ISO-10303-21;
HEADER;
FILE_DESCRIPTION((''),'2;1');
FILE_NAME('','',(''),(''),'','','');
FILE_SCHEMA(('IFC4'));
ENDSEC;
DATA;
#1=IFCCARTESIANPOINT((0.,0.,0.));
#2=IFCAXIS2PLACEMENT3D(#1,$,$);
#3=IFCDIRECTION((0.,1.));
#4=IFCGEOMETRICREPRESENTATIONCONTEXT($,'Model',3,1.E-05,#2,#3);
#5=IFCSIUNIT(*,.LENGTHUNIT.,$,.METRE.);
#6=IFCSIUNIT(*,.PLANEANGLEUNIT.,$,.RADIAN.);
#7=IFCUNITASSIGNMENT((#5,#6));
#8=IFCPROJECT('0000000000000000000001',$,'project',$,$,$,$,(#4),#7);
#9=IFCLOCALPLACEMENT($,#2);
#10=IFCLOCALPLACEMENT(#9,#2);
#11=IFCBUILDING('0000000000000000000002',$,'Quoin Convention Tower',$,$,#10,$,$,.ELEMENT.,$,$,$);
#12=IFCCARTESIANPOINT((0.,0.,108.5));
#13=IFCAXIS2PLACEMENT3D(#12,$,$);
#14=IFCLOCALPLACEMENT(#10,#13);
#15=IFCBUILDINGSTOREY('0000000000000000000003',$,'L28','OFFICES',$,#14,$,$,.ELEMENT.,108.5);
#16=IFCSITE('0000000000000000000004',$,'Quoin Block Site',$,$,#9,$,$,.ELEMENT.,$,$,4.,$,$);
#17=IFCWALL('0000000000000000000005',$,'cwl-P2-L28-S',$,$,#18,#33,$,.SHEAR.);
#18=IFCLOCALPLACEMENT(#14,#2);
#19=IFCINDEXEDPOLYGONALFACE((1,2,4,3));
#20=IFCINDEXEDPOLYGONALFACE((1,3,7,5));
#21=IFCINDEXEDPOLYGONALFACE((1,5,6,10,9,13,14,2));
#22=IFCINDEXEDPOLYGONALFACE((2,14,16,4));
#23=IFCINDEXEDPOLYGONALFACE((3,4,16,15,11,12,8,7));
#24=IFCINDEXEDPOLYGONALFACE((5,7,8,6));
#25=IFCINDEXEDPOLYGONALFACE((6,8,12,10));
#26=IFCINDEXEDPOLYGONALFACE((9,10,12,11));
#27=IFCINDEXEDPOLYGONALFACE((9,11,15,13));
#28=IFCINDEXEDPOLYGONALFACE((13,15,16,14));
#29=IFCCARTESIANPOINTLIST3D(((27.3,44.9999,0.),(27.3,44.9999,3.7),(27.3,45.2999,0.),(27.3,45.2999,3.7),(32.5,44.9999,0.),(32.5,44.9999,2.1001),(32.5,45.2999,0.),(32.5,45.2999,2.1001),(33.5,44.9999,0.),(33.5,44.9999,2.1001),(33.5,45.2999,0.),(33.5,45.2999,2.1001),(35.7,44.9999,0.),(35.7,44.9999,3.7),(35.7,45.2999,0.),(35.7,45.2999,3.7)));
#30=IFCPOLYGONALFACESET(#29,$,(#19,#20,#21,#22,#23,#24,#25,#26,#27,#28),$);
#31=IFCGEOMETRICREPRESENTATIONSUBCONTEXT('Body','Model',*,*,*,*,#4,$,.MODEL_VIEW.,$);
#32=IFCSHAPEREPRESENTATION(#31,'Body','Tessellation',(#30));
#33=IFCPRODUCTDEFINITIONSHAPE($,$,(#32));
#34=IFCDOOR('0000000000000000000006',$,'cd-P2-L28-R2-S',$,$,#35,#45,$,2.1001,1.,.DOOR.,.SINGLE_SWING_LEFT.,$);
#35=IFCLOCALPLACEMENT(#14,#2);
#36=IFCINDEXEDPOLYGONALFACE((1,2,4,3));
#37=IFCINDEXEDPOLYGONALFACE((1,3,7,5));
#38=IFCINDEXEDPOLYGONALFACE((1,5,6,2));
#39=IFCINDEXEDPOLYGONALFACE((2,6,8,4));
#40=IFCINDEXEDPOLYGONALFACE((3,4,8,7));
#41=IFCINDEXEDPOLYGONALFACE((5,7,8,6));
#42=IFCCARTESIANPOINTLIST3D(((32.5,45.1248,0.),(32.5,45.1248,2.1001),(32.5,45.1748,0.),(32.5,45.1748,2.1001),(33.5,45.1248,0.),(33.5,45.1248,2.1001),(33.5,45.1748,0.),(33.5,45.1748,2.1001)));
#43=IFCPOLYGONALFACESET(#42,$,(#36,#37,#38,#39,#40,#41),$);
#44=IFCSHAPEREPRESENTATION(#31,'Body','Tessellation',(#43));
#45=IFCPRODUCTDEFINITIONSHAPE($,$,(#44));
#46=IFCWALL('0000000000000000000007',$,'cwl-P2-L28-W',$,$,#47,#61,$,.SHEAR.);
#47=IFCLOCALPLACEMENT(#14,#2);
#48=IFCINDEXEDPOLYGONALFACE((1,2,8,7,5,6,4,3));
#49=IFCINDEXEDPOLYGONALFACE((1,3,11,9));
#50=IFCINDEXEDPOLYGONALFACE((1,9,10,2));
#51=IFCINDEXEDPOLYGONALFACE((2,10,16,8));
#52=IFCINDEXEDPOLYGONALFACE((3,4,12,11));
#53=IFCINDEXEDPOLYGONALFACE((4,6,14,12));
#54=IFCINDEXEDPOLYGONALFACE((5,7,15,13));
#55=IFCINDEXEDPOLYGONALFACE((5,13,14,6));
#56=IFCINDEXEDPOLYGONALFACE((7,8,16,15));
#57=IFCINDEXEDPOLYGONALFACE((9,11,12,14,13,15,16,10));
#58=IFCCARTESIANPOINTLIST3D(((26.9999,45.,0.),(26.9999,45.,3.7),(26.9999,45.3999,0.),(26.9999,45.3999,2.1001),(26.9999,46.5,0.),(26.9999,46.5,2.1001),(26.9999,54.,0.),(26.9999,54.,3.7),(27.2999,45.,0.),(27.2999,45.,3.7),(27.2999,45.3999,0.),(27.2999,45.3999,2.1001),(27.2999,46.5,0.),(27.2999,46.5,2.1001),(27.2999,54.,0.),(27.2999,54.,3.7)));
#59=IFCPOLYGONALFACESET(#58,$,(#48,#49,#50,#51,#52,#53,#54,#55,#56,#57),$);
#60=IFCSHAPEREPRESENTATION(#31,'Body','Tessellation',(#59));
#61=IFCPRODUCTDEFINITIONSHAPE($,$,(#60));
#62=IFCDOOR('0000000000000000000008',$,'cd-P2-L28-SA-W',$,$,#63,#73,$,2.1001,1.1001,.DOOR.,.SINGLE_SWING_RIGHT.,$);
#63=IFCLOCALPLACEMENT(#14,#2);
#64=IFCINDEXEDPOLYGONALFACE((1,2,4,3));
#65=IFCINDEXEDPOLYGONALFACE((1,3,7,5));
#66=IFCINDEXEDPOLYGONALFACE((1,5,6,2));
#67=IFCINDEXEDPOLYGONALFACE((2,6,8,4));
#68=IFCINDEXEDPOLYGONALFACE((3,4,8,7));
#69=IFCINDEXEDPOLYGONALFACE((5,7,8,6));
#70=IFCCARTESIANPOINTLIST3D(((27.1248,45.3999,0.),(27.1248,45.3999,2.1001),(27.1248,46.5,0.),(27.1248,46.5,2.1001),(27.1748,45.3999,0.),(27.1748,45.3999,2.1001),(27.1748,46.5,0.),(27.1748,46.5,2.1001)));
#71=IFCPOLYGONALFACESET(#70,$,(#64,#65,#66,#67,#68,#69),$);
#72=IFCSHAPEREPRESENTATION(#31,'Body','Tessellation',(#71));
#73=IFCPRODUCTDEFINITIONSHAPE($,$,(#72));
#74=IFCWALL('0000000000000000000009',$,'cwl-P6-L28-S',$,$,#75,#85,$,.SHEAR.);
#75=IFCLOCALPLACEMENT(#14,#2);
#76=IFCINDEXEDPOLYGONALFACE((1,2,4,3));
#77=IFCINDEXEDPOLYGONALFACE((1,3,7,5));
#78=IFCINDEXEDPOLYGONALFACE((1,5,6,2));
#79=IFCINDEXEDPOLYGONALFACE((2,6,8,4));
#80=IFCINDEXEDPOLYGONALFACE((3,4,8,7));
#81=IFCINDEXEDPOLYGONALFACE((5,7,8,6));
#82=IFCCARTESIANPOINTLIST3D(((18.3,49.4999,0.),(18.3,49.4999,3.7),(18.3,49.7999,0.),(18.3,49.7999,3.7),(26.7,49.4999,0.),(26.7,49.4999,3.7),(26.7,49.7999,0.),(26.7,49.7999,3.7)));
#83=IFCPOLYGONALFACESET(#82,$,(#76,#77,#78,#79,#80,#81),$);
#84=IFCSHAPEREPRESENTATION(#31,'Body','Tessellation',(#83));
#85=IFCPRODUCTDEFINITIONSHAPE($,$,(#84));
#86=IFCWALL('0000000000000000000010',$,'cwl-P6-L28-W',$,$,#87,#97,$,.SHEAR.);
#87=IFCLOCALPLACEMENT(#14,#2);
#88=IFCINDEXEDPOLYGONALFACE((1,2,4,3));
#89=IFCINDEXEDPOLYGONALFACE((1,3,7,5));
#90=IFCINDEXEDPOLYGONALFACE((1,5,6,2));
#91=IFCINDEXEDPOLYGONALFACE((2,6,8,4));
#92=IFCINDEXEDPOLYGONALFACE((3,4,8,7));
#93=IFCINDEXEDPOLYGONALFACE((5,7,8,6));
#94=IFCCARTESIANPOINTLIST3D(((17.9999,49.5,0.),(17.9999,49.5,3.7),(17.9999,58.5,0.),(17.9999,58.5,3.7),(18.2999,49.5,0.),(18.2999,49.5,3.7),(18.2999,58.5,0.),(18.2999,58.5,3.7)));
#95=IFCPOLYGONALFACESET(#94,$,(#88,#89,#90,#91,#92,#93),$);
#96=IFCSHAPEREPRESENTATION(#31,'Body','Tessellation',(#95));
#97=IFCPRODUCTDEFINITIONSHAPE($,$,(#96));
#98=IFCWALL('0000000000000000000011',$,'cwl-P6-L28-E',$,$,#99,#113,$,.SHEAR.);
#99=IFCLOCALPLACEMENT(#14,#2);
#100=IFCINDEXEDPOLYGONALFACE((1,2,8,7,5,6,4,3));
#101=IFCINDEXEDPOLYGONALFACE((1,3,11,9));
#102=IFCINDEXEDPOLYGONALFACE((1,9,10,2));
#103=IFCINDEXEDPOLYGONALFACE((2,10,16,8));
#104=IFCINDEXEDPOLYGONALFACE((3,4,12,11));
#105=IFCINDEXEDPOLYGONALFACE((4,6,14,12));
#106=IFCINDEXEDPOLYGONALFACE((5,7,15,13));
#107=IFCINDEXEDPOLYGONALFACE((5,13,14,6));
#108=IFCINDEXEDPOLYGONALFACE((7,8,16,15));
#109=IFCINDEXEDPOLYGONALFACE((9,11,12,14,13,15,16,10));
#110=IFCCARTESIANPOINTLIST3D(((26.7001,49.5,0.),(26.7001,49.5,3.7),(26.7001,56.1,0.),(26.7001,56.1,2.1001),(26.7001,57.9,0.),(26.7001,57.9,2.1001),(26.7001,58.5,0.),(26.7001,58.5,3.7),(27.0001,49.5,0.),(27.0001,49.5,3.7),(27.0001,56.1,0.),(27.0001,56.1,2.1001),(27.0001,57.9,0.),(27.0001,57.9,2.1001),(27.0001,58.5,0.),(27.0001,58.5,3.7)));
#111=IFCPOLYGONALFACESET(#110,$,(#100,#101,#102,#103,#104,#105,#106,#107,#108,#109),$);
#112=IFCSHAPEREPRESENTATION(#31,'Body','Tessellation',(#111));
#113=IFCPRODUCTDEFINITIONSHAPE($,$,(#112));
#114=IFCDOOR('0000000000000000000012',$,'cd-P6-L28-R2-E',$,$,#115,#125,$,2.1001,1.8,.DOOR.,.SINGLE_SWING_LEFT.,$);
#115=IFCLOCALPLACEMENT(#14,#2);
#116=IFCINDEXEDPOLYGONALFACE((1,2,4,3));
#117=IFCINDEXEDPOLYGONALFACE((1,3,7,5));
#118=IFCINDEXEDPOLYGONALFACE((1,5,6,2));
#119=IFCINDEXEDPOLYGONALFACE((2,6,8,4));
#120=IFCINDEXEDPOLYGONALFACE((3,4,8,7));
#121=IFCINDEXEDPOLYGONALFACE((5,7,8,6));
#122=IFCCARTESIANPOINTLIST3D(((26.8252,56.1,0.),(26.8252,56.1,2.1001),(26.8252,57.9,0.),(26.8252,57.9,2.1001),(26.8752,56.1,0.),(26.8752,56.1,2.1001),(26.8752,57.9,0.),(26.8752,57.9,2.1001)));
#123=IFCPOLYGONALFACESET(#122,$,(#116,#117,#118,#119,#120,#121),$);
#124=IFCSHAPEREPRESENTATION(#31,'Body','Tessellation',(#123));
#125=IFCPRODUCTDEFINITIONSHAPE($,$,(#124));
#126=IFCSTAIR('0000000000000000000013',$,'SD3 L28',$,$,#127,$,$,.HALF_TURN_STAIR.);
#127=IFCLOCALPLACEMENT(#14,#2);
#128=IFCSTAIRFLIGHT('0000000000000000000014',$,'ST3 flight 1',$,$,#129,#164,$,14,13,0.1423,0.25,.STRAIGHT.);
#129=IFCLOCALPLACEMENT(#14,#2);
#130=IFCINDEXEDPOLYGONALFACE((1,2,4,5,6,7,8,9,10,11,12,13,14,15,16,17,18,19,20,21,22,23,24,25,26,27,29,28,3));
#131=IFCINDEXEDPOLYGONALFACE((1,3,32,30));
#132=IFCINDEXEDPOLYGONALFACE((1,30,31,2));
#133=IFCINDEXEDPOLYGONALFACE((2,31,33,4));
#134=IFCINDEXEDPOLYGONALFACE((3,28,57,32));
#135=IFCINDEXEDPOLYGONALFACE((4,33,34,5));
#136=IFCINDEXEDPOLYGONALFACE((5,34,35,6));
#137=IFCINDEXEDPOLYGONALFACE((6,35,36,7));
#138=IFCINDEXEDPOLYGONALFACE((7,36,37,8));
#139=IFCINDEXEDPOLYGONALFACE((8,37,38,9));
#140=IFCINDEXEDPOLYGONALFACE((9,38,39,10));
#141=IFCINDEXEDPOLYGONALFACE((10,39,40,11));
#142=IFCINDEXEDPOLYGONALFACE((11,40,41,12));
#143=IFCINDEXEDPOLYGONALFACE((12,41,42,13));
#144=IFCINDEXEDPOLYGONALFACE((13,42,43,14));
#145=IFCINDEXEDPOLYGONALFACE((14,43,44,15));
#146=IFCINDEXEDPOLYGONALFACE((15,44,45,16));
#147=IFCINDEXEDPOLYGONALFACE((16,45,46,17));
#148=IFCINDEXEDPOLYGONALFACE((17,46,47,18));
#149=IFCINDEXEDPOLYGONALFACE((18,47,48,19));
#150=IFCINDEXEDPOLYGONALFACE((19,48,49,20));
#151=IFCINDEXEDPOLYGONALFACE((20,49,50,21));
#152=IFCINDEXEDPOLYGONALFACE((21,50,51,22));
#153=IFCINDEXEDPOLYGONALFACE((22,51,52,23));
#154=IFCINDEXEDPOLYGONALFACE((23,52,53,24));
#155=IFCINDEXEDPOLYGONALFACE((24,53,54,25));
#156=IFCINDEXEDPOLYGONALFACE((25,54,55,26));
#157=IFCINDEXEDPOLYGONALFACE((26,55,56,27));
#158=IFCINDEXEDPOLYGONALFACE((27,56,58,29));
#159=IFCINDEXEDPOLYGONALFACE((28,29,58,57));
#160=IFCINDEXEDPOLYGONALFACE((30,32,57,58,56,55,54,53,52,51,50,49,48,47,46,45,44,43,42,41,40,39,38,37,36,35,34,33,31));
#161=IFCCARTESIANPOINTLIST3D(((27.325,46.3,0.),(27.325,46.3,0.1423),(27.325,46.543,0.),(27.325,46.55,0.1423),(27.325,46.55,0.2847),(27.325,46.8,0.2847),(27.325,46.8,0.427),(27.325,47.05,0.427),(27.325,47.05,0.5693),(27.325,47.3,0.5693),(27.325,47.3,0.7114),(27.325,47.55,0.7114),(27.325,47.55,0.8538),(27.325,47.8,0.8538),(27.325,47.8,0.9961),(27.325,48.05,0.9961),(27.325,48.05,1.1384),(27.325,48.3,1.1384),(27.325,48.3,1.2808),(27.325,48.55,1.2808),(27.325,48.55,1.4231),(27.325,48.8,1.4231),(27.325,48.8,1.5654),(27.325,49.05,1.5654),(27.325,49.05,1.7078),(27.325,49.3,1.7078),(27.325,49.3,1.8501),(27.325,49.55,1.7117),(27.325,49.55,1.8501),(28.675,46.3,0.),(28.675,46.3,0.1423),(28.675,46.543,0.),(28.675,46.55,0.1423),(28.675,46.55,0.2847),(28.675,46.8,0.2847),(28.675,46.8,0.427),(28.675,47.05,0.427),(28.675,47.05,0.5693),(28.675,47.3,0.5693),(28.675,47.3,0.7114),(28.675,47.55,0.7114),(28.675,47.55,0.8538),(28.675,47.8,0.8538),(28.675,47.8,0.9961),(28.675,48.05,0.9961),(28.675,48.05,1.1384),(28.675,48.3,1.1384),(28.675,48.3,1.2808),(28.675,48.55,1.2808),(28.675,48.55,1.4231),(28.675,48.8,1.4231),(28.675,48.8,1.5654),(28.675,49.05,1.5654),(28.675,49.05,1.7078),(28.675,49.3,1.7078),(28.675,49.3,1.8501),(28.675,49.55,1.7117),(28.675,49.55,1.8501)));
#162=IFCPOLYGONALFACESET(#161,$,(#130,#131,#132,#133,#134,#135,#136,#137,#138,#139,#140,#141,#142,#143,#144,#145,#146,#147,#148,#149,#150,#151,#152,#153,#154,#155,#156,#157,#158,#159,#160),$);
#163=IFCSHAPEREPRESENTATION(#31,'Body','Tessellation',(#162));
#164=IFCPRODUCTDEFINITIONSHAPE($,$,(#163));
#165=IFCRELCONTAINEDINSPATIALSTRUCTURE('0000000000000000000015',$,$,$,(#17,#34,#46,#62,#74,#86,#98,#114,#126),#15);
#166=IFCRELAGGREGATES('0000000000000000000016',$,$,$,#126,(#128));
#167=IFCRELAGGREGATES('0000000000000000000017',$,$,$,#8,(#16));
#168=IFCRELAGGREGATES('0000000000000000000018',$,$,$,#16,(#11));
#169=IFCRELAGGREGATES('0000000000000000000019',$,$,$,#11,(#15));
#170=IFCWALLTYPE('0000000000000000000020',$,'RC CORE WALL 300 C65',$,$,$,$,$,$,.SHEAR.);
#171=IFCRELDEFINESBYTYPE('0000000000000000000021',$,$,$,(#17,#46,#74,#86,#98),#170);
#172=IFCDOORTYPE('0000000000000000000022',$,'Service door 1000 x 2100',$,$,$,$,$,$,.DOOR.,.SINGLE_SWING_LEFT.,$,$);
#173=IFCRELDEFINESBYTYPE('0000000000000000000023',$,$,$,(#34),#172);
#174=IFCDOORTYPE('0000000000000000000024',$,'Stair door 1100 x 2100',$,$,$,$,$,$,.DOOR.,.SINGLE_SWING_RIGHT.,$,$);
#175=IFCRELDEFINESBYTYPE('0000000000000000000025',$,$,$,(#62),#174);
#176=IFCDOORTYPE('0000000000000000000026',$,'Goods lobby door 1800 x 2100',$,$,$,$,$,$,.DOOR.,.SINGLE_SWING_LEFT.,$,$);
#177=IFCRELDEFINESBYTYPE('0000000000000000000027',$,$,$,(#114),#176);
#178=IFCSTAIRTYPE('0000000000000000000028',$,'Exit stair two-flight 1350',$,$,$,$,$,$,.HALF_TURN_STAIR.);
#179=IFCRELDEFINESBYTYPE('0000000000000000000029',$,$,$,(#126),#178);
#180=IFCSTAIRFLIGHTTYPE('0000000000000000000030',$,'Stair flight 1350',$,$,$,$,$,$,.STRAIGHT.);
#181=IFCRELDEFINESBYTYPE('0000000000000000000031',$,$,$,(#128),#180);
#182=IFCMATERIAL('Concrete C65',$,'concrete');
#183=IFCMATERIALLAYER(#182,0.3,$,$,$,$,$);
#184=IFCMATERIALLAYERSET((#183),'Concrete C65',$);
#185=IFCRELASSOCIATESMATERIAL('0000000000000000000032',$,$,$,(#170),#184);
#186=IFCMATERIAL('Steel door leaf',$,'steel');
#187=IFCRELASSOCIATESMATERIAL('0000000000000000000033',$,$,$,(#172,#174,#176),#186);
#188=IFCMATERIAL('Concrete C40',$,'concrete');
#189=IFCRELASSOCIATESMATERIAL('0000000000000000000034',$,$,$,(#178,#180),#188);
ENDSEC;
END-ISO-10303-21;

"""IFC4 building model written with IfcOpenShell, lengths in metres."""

from ifc_helpers import new_model, si_unit, direction, frame, frame_2d, origin, place, context, subcontext, project, spatial, polyline, rectangle, outline, extrude, material, layer, layer_set, type_object, element, fill, aggregate, save


model = new_model("IFC4")

# Units and contexts
model_context = context("Model", 3, precision=1e-05, world=origin(), true_north=direction((0.0, 1.0)))
body_context = subcontext(model_context, "Body", "Model", "MODEL_VIEW")
ifc_project = project(units=[si_unit("LENGTHUNIT", "METRE"), si_unit("PLANEANGLEUNIT", "RADIAN")], contexts=[model_context])

# Site, building, storey
site_placement = place(None, origin())
site = spatial("IfcSite", under=ifc_project, at=site_placement, Name="Quoin Block Site", CompositionType="ELEMENT", RefElevation=4.0)
building_placement = place(site_placement, origin())
building = spatial("IfcBuilding", under=site, at=building_placement, Name="Quoin Convention Tower", CompositionType="ELEMENT")
storey_placement = place(building_placement, frame((0.0, 0.0, 108.5)))
storey = spatial("IfcBuildingStorey", under=building, at=storey_placement, Name="L28", Description="OFFICES", CompositionType="ELEMENT", Elevation=108.5)

# Shared definitions
ifc_material_1 = material(Name="Concrete C65", Category="concrete")

# Walls, openings, doors
ifc_layer_1 = layer(ifc_material_1, 0.3)
ifc_layer_set_1 = layer_set([ifc_layer_1], Name="Concrete C65")
wall_type_1 = type_object("IfcWallType", Name="RC CORE WALL 300 C65", PredefinedType="SHEAR", material=ifc_layer_set_1)
wall_1_placement = place(storey_placement, frame((27.3, 45.1499, 0.0), z_axis=(0.0, 0.0, 1.0), x_axis=(1.0, 0.0, 0.0)))
wall_1 = element("IfcWall", 1, at=wall_1_placement, inside=storey, type_object=wall_type_1, Name="cwl-P2-L28-S", PredefinedType="SHEAR", context=body_context, shape_type="SweptSolid", body=[
    extrude(rectangle(XDim=8.3999, YDim=0.3, at=frame_2d((4.2, 0.0))), origin(), (0.0, 0.0, 1.0), 3.7),
])
opening_1_placement = place(wall_1_placement, frame((5.2, 0.0, 0.0)))
opening_1 = element("IfcOpeningElement", 2, at=opening_1_placement, cuts=wall_1, PredefinedType="OPENING", context=body_context, shape_type="SweptSolid", body=[
    extrude(rectangle(XDim=1.0, YDim=2.1001, at=frame_2d((0.5, 1.05))), frame((0.0, 0.1599, 0.0), z_axis=(0.0, -1.0, 0.0), x_axis=(1.0, 0.0, 0.0)), (0.0, 0.0, 1.0), 0.3201),
])
ifc_material_2 = material(Name="Steel door leaf", Category="steel")
door_type_1 = type_object("IfcDoorType", Name="Service door 1000 x 2100", OperationType="SINGLE_SWING_LEFT", PredefinedType="DOOR", material=ifc_material_2)
door_1_placement = place(opening_1_placement, origin())
door_1 = element("IfcDoor", 3, at=door_1_placement, inside=storey, type_object=door_type_1, Name="cd-P2-L28-R2-S", OperationType="SINGLE_SWING_LEFT", OverallHeight=2.1001, OverallWidth=1.0, PredefinedType="DOOR", context=body_context, shape_type="SweptSolid", body=[
    extrude(rectangle(XDim=1.0, YDim=2.1001, at=frame_2d((0.5, 1.05))), frame((0.0, 0.0249, 0.0), z_axis=(0.0, -1.0, 0.0), x_axis=(1.0, 0.0, 0.0)), (0.0, 0.0, 1.0), 0.05),
])
fill(opening_1, door_1)
wall_2_placement = place(storey_placement, frame((27.1499, 45.0, 0.0), z_axis=(0.0, 0.0, 1.0), x_axis=(0.0, 1.0, 0.0)))
wall_2 = element("IfcWall", 4, at=wall_2_placement, inside=storey, type_object=wall_type_1, Name="cwl-P2-L28-W", PredefinedType="SHEAR", context=body_context, shape_type="SweptSolid", body=[
    extrude(rectangle(XDim=9.0, YDim=0.3, at=frame_2d((4.5, 0.0))), origin(), (0.0, 0.0, 1.0), 3.7),
])
opening_2_placement = place(wall_2_placement, frame((0.3999, 0.0, 0.0)))
opening_2 = element("IfcOpeningElement", 5, at=opening_2_placement, cuts=wall_2, PredefinedType="OPENING", context=body_context, shape_type="SweptSolid", body=[
    extrude(rectangle(XDim=1.1001, YDim=2.1001, at=frame_2d((0.55, 1.05))), frame((0.0, 0.1599, 0.0), z_axis=(0.0, -1.0, 0.0), x_axis=(1.0, 0.0, 0.0)), (0.0, 0.0, 1.0), 0.3201),
])
door_type_2 = type_object("IfcDoorType", Name="Stair door 1100 x 2100", OperationType="SINGLE_SWING_RIGHT", PredefinedType="DOOR", material=ifc_material_2)
door_2_placement = place(opening_2_placement, frame((1.1001, 0.0, 0.0), z_axis=(0.0, 0.0, 1.0), x_axis=(-1.0, 0.0, 0.0)))
door_2 = element("IfcDoor", 6, at=door_2_placement, inside=storey, type_object=door_type_2, Name="cd-P2-L28-SA-W", OperationType="SINGLE_SWING_RIGHT", OverallHeight=2.1001, OverallWidth=1.1001, PredefinedType="DOOR", context=body_context, shape_type="SweptSolid", body=[
    extrude(rectangle(XDim=1.1001, YDim=2.1001, at=frame_2d((0.55, 1.05))), frame((0.0, 0.0249, 0.0), z_axis=(0.0, -1.0, 0.0), x_axis=(1.0, 0.0, 0.0)), (0.0, 0.0, 1.0), 0.05),
])
fill(opening_2, door_2)

# Walls
wall_3_placement = place(storey_placement, frame((18.3, 49.6499, 0.0), z_axis=(0.0, 0.0, 1.0), x_axis=(1.0, 0.0, 0.0)))
element("IfcWall", 7, at=wall_3_placement, inside=storey, type_object=wall_type_1, Name="cwl-P6-L28-S", PredefinedType="SHEAR", context=body_context, shape_type="SweptSolid", body=[
    extrude(rectangle(XDim=8.3999, YDim=0.3, at=frame_2d((4.2, 0.0))), origin(), (0.0, 0.0, 1.0), 3.7),
])
wall_4_placement = place(storey_placement, frame((18.1499, 49.5, 0.0), z_axis=(0.0, 0.0, 1.0), x_axis=(0.0, 1.0, 0.0)))
element("IfcWall", 8, at=wall_4_placement, inside=storey, type_object=wall_type_1, Name="cwl-P6-L28-W", PredefinedType="SHEAR", context=body_context, shape_type="SweptSolid", body=[
    extrude(rectangle(XDim=9.0, YDim=0.3, at=frame_2d((4.5, 0.0))), origin(), (0.0, 0.0, 1.0), 3.7),
])

# Wall, opening, door
wall_5_placement = place(storey_placement, frame((26.8501, 49.5, 0.0), z_axis=(0.0, 0.0, 1.0), x_axis=(0.0, 1.0, 0.0)))
wall_5 = element("IfcWall", 9, at=wall_5_placement, inside=storey, type_object=wall_type_1, Name="cwl-P6-L28-E", PredefinedType="SHEAR", context=body_context, shape_type="SweptSolid", body=[
    extrude(rectangle(XDim=9.0, YDim=0.3, at=frame_2d((4.5, 0.0))), origin(), (0.0, 0.0, 1.0), 3.7),
])
opening_3_placement = place(wall_5_placement, frame((6.6001, 0.0, 0.0)))
opening_3 = element("IfcOpeningElement", 10, at=opening_3_placement, cuts=wall_5, PredefinedType="OPENING", context=body_context, shape_type="SweptSolid", body=[
    extrude(rectangle(XDim=1.8, YDim=2.1001, at=frame_2d((0.8999, 1.05))), frame((0.0, 0.1599, 0.0), z_axis=(0.0, -1.0, 0.0), x_axis=(1.0, 0.0, 0.0)), (0.0, 0.0, 1.0), 0.3201),
])
door_type_3 = type_object("IfcDoorType", Name="Goods lobby door 1800 x 2100", OperationType="SINGLE_SWING_LEFT", PredefinedType="DOOR", material=ifc_material_2)
door_3_placement = place(opening_3_placement, origin())
door_3 = element("IfcDoor", 11, at=door_3_placement, inside=storey, type_object=door_type_3, Name="cd-P6-L28-R2-E", OperationType="SINGLE_SWING_LEFT", OverallHeight=2.1001, OverallWidth=1.8, PredefinedType="DOOR", context=body_context, shape_type="SweptSolid", body=[
    extrude(rectangle(XDim=1.8, YDim=2.1001, at=frame_2d((0.8999, 1.05))), frame((0.0, 0.0249, 0.0), z_axis=(0.0, -1.0, 0.0), x_axis=(1.0, 0.0, 0.0)), (0.0, 0.0, 1.0), 0.05),
])
fill(opening_3, door_3)

# Stair, stair flight
ifc_material_3 = material(Name="Concrete C40", Category="concrete")
stair_type = type_object("IfcStairType", Name="Exit stair two-flight 1350", PredefinedType="HALF_TURN_STAIR", material=ifc_material_3)
stair_placement = place(storey_placement, origin())
stair = element("IfcStair", 12, at=stair_placement, inside=storey, type_object=stair_type, Name="SD3 L28", PredefinedType="HALF_TURN_STAIR")
stair_flight_type = type_object("IfcStairFlightType", Name="Stair flight 1350", PredefinedType="STRAIGHT", material=ifc_material_3)
stair_flight_1_placement = place(storey_placement, frame((28.0, 46.3, 0.0), z_axis=(0.0, 0.0, 1.0), x_axis=(0.0, 1.0, 0.0)))
stair_flight_1 = element("IfcStairFlight", 13, at=stair_flight_1_placement, type_object=stair_flight_type, Name="ST3 flight 1", NumberOfRisers=14, NumberOfTreads=13, PredefinedType="STRAIGHT", RiserHeight=0.1423, TreadLength=0.25, context=body_context, shape_type="SweptSolid", body=[
    extrude(outline(polyline([(0.0, 0.0), (0.0, 0.1423), (0.25, 0.1423), (0.25, 0.2847), (0.5, 0.2847), (0.5, 0.427), (0.75, 0.427), (0.75, 0.5693), (1.0, 0.5693), (1.0, 0.7114), (1.25, 0.7114), (1.25, 0.8538), (1.5, 0.8538), (1.5, 0.9961), (1.75, 0.9961), (1.75, 1.1384), (2.0, 1.1384), (2.0, 1.2808), (2.25, 1.2808), (2.25, 1.4231), (2.5, 1.4231), (2.5, 1.5654), (2.75, 1.5654), (2.75, 1.7078), (3.0, 1.7078), (3.0, 1.8501), (3.25, 1.8501), (3.25, 1.9922), (3.25, 1.7117), (0.2429, 0.0), (0.0, 0.0)])), frame((0.0, 0.675, 0.0), z_axis=(0.0, -1.0, 0.0), x_axis=(1.0, 0.0, 0.0)), (0.0, 0.0, 1.0), 1.3501),
])
aggregate(stair, [stair_flight_1])

save(model, "model.ifc")
